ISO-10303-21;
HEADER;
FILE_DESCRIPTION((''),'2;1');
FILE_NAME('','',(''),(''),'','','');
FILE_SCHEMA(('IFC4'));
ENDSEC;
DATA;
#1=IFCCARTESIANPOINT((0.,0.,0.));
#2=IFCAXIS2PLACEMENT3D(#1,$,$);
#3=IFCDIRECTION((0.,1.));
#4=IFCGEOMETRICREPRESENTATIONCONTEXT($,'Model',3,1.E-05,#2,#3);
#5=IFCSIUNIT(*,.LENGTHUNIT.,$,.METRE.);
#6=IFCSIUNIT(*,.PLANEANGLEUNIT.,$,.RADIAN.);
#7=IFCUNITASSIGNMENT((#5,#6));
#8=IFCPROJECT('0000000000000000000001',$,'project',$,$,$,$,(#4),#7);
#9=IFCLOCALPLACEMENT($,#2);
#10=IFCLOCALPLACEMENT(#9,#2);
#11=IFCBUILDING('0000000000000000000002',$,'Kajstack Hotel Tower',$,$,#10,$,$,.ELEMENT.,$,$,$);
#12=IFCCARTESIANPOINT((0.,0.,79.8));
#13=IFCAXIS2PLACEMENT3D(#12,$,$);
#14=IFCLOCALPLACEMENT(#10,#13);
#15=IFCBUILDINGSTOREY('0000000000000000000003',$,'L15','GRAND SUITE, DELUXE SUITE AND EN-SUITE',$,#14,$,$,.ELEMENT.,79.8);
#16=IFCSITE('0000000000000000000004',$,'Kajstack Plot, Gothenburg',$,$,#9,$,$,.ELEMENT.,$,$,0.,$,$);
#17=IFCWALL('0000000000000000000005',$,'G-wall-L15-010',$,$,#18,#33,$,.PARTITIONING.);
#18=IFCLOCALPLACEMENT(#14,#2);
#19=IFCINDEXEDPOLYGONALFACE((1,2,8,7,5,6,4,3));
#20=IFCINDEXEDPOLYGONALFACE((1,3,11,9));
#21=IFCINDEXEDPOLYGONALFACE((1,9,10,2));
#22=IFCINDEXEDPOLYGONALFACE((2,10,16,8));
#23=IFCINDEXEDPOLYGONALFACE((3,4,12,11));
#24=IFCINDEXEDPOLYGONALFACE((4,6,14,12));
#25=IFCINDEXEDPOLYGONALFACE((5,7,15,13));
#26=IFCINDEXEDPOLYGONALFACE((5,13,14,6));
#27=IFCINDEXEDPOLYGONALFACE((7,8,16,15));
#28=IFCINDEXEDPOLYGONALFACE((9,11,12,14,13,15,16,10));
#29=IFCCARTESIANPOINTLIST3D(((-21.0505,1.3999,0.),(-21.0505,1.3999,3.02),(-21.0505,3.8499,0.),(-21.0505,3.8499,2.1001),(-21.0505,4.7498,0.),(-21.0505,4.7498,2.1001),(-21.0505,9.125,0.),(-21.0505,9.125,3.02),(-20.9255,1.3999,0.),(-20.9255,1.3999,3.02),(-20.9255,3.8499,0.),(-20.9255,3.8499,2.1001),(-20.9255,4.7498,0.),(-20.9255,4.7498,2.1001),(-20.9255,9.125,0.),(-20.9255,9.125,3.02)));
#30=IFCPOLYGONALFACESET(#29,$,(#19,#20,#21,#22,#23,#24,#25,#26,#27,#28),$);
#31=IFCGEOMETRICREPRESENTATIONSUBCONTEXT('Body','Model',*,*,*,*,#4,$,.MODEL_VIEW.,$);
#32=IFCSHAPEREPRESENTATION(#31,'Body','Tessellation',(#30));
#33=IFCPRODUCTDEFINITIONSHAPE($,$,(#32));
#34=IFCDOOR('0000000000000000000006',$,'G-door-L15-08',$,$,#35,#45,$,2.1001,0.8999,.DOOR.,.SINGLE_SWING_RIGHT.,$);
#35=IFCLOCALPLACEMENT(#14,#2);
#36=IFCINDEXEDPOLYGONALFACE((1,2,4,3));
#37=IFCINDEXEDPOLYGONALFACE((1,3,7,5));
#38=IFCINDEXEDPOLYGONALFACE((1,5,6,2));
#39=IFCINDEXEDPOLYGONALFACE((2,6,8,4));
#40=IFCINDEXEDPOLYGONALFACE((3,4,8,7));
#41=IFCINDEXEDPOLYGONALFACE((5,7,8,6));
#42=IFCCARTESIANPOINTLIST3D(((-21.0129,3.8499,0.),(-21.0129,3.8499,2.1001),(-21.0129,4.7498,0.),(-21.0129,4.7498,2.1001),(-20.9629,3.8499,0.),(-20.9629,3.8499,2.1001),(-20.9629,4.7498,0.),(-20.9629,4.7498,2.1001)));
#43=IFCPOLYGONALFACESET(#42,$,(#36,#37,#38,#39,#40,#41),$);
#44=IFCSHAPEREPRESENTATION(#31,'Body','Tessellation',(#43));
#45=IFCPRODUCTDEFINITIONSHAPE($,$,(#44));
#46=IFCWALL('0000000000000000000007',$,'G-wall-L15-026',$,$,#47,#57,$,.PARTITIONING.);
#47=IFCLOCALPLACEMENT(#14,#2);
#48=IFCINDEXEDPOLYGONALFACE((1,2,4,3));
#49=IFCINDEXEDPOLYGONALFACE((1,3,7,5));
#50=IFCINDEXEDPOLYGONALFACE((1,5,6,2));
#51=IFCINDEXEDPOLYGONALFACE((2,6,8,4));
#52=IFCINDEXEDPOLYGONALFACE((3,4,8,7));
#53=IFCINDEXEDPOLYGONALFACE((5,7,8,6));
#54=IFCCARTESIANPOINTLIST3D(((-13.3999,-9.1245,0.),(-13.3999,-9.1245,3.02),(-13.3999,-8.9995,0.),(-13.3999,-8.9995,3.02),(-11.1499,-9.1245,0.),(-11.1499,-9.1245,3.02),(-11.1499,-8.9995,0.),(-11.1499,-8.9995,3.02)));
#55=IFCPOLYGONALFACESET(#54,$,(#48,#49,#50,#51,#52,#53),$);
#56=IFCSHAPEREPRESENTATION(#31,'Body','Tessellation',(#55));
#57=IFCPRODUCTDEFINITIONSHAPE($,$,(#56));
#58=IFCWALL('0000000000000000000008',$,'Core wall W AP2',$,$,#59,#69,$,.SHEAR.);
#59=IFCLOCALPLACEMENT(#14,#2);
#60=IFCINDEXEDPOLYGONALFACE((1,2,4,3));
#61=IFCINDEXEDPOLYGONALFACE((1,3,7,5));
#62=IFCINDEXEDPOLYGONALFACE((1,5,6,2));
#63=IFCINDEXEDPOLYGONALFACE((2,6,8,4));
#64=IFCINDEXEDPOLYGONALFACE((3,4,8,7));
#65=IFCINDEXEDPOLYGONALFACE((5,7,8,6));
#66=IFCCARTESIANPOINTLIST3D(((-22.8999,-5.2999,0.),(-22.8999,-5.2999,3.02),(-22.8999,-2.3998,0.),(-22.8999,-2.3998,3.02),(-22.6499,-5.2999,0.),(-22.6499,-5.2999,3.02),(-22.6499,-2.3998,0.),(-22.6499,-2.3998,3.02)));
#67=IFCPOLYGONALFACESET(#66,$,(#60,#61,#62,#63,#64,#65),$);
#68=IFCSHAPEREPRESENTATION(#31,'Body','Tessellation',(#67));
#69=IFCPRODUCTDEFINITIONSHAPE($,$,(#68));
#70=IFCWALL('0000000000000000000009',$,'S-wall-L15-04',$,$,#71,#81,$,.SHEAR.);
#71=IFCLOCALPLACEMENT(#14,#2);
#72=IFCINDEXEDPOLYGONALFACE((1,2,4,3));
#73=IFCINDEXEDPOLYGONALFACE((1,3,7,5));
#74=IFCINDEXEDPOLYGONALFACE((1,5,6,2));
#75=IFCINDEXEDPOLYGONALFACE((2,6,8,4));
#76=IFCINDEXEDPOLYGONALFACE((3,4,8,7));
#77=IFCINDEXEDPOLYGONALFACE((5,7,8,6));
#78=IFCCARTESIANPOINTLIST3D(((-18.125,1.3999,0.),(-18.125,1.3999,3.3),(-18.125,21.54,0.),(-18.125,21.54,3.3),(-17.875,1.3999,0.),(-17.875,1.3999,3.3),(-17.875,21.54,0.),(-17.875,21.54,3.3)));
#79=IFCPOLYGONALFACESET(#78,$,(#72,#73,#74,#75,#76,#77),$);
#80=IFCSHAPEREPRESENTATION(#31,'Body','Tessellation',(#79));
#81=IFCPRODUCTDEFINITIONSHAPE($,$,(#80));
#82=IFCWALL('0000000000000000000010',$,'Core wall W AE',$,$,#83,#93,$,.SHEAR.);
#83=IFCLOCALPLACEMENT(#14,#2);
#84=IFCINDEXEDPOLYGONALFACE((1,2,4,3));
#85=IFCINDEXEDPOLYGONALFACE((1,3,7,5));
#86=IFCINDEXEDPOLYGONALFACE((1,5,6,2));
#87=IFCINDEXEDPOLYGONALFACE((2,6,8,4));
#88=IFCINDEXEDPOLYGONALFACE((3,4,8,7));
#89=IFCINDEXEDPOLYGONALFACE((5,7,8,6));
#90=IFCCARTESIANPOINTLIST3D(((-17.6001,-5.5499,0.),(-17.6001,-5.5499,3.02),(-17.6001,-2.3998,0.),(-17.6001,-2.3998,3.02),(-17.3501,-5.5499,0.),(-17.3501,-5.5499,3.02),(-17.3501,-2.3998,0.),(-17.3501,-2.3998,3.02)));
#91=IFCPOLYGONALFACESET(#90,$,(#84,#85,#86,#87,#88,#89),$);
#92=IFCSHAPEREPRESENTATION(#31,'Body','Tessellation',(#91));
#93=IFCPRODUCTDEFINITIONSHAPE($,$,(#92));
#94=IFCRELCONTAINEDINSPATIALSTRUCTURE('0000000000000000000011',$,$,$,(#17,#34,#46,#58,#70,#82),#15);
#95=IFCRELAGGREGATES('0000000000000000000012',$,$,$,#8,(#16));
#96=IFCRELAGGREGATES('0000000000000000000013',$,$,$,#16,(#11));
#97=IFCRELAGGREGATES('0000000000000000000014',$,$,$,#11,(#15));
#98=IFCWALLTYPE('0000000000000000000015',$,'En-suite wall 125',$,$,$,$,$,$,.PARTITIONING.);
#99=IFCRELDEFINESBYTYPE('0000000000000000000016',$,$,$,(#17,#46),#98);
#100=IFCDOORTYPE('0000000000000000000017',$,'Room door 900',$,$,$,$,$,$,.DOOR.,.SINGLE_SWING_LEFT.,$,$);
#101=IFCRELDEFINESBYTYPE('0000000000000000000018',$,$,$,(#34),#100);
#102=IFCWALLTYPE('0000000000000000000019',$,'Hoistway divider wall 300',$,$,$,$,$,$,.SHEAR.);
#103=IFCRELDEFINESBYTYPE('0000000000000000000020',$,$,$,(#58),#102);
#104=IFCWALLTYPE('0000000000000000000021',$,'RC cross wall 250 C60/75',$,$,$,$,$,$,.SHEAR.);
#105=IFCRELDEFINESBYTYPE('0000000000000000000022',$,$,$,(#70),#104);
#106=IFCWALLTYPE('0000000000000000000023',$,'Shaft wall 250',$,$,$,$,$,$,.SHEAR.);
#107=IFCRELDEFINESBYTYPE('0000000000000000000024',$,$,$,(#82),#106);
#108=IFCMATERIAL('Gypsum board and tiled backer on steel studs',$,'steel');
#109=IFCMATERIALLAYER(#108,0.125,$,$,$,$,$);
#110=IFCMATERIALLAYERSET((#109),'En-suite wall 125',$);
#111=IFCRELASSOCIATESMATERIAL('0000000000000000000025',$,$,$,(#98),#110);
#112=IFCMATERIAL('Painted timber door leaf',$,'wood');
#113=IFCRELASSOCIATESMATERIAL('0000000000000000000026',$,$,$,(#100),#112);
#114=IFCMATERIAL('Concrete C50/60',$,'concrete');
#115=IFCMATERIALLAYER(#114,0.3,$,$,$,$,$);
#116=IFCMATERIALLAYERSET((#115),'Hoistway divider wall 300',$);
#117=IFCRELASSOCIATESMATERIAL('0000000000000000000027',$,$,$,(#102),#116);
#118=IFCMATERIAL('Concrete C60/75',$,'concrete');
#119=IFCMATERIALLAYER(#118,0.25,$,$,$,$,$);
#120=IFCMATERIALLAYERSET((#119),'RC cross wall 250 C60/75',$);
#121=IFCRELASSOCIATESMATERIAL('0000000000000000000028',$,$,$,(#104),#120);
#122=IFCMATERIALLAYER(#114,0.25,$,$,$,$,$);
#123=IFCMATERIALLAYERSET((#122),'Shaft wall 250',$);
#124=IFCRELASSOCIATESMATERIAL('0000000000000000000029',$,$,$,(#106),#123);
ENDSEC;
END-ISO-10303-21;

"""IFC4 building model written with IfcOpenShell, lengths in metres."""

from ifc_helpers import new_model, si_unit, direction, frame, frame_2d, origin, place, context, subcontext, project, spatial, rectangle, extrude, material, layer, layer_set, type_object, element, fill, save


model = new_model("IFC4")

# Units and contexts
model_context = context("Model", 3, precision=1e-05, world=origin(), true_north=direction((0.0, 1.0)))
body_context = subcontext(model_context, "Body", "Model", "MODEL_VIEW")
ifc_project = project(units=[si_unit("LENGTHUNIT", "METRE"), si_unit("PLANEANGLEUNIT", "RADIAN")], contexts=[model_context])

# Site, building, storey
site_placement = place(None, origin())
site = spatial("IfcSite", under=ifc_project, at=site_placement, Name="Kajstack Plot, Gothenburg", CompositionType="ELEMENT", RefElevation=0.0)
building_placement = place(site_placement, origin())
building = spatial("IfcBuilding", under=site, at=building_placement, Name="Kajstack Hotel Tower", CompositionType="ELEMENT")
storey_placement = place(building_placement, frame((0.0, 0.0, 79.8)))
storey = spatial("IfcBuildingStorey", under=building, at=storey_placement, Name="L15", Description="GRAND SUITE, DELUXE SUITE AND EN-SUITE", CompositionType="ELEMENT", Elevation=79.8)

# Wall, opening, door
ifc_material_1 = material(Name="Gypsum board and tiled backer on steel studs", Category="steel")
ifc_layer_1 = layer(ifc_material_1, 0.125)
ifc_layer_set_1 = layer_set([ifc_layer_1], Name="En-suite wall 125")
wall_type_1 = type_object("IfcWallType", Name="En-suite wall 125", PredefinedType="PARTITIONING", material=ifc_layer_set_1)
wall_1_placement = place(storey_placement, frame((-20.988, 1.3999, 0.0), z_axis=(0.0, 0.0, 1.0), x_axis=(0.0, 1.0, 0.0)))
wall_1 = element("IfcWall", 1, at=wall_1_placement, inside=storey, type_object=wall_type_1, Name="G-wall-L15-010", PredefinedType="PARTITIONING", context=body_context, shape_type="SweptSolid", body=[
    extrude(rectangle(XDim=7.7251, YDim=0.125, at=frame_2d((3.8625, 0.0))), origin(), (0.0, 0.0, 1.0), 3.02),
])
opening_1_placement = place(wall_1_placement, frame((2.45, 0.0, 0.0)))
opening_1 = element("IfcOpeningElement", 2, at=opening_1_placement, cuts=wall_1, PredefinedType="OPENING", context=body_context, shape_type="SweptSolid", body=[
    extrude(rectangle(XDim=0.8999, YDim=2.1001, at=frame_2d((0.45, 1.05))), frame((0.0, 0.0725, 0.0), z_axis=(0.0, -1.0, 0.0), x_axis=(1.0, 0.0, 0.0)), (0.0, 0.0, 1.0), 0.145),
])
ifc_material_2 = material(Name="Painted timber door leaf", Category="wood")
door_type_1 = type_object("IfcDoorType", Name="Room door 900", OperationType="SINGLE_SWING_LEFT", PredefinedType="DOOR", material=ifc_material_2)
door_1_placement = place(opening_1_placement, origin())
door_1 = element("IfcDoor", 3, at=door_1_placement, inside=storey, type_object=door_type_1, Name="G-door-L15-08", OperationType="SINGLE_SWING_RIGHT", OverallHeight=2.1001, OverallWidth=0.8999, PredefinedType="DOOR", context=body_context, shape_type="SweptSolid", body=[
    extrude(rectangle(XDim=0.8999, YDim=2.1001, at=frame_2d((0.45, 1.05))), frame((0.0, 0.0249, 0.0), z_axis=(0.0, -1.0, 0.0), x_axis=(1.0, 0.0, 0.0)), (0.0, 0.0, 1.0), 0.05),
])
fill(opening_1, door_1)

# Walls
wall_2_placement = place(storey_placement, frame((-13.3999, -9.062, 0.0), z_axis=(0.0, 0.0, 1.0), x_axis=(1.0, 0.0, 0.0)))
element("IfcWall", 4, at=wall_2_placement, inside=storey, type_object=wall_type_1, Name="G-wall-L15-026", PredefinedType="PARTITIONING", context=body_context, shape_type="SweptSolid", body=[
    extrude(rectangle(XDim=2.25, YDim=0.125, at=frame_2d((1.125, 0.0))), origin(), (0.0, 0.0, 1.0), 3.02),
])
ifc_material_3 = material(Name="Concrete C50/60", Category="concrete")
ifc_layer_2 = layer(ifc_material_3, 0.3)
ifc_layer_set_2 = layer_set([ifc_layer_2], Name="Hoistway divider wall 300")
wall_type_2 = type_object("IfcWallType", Name="Hoistway divider wall 300", PredefinedType="SHEAR", material=ifc_layer_set_2)
wall_3_placement = place(storey_placement, frame((-22.7749, -5.3, 0.0), z_axis=(0.0, 0.0, 1.0), x_axis=(0.0, 1.0, 0.0)))
element("IfcWall", 5, at=wall_3_placement, inside=storey, type_object=wall_type_2, Name="Core wall W AP2", PredefinedType="SHEAR", context=body_context, shape_type="SweptSolid", body=[
    extrude(rectangle(XDim=2.9001, YDim=0.25, at=frame_2d((1.4502, 0.0))), origin(), (0.0, 0.0, 1.0), 3.02),
])
ifc_material_4 = material(Name="Concrete C60/75", Category="concrete")
ifc_layer_3 = layer(ifc_material_4, 0.25)
ifc_layer_set_3 = layer_set([ifc_layer_3], Name="RC cross wall 250 C60/75")
wall_type_3 = type_object("IfcWallType", Name="RC cross wall 250 C60/75", PredefinedType="SHEAR", material=ifc_layer_set_3)
wall_4_placement = place(storey_placement, frame((-18.0, 1.3999, 0.0), z_axis=(0.0, 0.0, 1.0), x_axis=(0.0, 1.0, 0.0)))
element("IfcWall", 6, at=wall_4_placement, inside=storey, type_object=wall_type_3, Name="S-wall-L15-04", PredefinedType="SHEAR", context=body_context, shape_type="SweptSolid", body=[
    extrude(rectangle(XDim=20.1401, YDim=0.25, at=frame_2d((10.0701, 0.0))), origin(), (0.0, 0.0, 1.0), 3.3),
])
ifc_layer_4 = layer(ifc_material_3, 0.25)
ifc_layer_set_4 = layer_set([ifc_layer_4], Name="Shaft wall 250")
wall_type_4 = type_object("IfcWallType", Name="Shaft wall 250", PredefinedType="SHEAR", material=ifc_layer_set_4)
wall_5_placement = place(storey_placement, frame((-17.4751, -5.55, 0.0), z_axis=(0.0, 0.0, 1.0), x_axis=(0.0, 1.0, 0.0)))
element("IfcWall", 7, at=wall_5_placement, inside=storey, type_object=wall_type_4, Name="Core wall W AE", PredefinedType="SHEAR", context=body_context, shape_type="SweptSolid", body=[
    extrude(rectangle(XDim=3.1501, YDim=0.25, at=frame_2d((1.5752, 0.0))), origin(), (0.0, 0.0, 1.0), 3.02),
])

save(model, "model.ifc")
